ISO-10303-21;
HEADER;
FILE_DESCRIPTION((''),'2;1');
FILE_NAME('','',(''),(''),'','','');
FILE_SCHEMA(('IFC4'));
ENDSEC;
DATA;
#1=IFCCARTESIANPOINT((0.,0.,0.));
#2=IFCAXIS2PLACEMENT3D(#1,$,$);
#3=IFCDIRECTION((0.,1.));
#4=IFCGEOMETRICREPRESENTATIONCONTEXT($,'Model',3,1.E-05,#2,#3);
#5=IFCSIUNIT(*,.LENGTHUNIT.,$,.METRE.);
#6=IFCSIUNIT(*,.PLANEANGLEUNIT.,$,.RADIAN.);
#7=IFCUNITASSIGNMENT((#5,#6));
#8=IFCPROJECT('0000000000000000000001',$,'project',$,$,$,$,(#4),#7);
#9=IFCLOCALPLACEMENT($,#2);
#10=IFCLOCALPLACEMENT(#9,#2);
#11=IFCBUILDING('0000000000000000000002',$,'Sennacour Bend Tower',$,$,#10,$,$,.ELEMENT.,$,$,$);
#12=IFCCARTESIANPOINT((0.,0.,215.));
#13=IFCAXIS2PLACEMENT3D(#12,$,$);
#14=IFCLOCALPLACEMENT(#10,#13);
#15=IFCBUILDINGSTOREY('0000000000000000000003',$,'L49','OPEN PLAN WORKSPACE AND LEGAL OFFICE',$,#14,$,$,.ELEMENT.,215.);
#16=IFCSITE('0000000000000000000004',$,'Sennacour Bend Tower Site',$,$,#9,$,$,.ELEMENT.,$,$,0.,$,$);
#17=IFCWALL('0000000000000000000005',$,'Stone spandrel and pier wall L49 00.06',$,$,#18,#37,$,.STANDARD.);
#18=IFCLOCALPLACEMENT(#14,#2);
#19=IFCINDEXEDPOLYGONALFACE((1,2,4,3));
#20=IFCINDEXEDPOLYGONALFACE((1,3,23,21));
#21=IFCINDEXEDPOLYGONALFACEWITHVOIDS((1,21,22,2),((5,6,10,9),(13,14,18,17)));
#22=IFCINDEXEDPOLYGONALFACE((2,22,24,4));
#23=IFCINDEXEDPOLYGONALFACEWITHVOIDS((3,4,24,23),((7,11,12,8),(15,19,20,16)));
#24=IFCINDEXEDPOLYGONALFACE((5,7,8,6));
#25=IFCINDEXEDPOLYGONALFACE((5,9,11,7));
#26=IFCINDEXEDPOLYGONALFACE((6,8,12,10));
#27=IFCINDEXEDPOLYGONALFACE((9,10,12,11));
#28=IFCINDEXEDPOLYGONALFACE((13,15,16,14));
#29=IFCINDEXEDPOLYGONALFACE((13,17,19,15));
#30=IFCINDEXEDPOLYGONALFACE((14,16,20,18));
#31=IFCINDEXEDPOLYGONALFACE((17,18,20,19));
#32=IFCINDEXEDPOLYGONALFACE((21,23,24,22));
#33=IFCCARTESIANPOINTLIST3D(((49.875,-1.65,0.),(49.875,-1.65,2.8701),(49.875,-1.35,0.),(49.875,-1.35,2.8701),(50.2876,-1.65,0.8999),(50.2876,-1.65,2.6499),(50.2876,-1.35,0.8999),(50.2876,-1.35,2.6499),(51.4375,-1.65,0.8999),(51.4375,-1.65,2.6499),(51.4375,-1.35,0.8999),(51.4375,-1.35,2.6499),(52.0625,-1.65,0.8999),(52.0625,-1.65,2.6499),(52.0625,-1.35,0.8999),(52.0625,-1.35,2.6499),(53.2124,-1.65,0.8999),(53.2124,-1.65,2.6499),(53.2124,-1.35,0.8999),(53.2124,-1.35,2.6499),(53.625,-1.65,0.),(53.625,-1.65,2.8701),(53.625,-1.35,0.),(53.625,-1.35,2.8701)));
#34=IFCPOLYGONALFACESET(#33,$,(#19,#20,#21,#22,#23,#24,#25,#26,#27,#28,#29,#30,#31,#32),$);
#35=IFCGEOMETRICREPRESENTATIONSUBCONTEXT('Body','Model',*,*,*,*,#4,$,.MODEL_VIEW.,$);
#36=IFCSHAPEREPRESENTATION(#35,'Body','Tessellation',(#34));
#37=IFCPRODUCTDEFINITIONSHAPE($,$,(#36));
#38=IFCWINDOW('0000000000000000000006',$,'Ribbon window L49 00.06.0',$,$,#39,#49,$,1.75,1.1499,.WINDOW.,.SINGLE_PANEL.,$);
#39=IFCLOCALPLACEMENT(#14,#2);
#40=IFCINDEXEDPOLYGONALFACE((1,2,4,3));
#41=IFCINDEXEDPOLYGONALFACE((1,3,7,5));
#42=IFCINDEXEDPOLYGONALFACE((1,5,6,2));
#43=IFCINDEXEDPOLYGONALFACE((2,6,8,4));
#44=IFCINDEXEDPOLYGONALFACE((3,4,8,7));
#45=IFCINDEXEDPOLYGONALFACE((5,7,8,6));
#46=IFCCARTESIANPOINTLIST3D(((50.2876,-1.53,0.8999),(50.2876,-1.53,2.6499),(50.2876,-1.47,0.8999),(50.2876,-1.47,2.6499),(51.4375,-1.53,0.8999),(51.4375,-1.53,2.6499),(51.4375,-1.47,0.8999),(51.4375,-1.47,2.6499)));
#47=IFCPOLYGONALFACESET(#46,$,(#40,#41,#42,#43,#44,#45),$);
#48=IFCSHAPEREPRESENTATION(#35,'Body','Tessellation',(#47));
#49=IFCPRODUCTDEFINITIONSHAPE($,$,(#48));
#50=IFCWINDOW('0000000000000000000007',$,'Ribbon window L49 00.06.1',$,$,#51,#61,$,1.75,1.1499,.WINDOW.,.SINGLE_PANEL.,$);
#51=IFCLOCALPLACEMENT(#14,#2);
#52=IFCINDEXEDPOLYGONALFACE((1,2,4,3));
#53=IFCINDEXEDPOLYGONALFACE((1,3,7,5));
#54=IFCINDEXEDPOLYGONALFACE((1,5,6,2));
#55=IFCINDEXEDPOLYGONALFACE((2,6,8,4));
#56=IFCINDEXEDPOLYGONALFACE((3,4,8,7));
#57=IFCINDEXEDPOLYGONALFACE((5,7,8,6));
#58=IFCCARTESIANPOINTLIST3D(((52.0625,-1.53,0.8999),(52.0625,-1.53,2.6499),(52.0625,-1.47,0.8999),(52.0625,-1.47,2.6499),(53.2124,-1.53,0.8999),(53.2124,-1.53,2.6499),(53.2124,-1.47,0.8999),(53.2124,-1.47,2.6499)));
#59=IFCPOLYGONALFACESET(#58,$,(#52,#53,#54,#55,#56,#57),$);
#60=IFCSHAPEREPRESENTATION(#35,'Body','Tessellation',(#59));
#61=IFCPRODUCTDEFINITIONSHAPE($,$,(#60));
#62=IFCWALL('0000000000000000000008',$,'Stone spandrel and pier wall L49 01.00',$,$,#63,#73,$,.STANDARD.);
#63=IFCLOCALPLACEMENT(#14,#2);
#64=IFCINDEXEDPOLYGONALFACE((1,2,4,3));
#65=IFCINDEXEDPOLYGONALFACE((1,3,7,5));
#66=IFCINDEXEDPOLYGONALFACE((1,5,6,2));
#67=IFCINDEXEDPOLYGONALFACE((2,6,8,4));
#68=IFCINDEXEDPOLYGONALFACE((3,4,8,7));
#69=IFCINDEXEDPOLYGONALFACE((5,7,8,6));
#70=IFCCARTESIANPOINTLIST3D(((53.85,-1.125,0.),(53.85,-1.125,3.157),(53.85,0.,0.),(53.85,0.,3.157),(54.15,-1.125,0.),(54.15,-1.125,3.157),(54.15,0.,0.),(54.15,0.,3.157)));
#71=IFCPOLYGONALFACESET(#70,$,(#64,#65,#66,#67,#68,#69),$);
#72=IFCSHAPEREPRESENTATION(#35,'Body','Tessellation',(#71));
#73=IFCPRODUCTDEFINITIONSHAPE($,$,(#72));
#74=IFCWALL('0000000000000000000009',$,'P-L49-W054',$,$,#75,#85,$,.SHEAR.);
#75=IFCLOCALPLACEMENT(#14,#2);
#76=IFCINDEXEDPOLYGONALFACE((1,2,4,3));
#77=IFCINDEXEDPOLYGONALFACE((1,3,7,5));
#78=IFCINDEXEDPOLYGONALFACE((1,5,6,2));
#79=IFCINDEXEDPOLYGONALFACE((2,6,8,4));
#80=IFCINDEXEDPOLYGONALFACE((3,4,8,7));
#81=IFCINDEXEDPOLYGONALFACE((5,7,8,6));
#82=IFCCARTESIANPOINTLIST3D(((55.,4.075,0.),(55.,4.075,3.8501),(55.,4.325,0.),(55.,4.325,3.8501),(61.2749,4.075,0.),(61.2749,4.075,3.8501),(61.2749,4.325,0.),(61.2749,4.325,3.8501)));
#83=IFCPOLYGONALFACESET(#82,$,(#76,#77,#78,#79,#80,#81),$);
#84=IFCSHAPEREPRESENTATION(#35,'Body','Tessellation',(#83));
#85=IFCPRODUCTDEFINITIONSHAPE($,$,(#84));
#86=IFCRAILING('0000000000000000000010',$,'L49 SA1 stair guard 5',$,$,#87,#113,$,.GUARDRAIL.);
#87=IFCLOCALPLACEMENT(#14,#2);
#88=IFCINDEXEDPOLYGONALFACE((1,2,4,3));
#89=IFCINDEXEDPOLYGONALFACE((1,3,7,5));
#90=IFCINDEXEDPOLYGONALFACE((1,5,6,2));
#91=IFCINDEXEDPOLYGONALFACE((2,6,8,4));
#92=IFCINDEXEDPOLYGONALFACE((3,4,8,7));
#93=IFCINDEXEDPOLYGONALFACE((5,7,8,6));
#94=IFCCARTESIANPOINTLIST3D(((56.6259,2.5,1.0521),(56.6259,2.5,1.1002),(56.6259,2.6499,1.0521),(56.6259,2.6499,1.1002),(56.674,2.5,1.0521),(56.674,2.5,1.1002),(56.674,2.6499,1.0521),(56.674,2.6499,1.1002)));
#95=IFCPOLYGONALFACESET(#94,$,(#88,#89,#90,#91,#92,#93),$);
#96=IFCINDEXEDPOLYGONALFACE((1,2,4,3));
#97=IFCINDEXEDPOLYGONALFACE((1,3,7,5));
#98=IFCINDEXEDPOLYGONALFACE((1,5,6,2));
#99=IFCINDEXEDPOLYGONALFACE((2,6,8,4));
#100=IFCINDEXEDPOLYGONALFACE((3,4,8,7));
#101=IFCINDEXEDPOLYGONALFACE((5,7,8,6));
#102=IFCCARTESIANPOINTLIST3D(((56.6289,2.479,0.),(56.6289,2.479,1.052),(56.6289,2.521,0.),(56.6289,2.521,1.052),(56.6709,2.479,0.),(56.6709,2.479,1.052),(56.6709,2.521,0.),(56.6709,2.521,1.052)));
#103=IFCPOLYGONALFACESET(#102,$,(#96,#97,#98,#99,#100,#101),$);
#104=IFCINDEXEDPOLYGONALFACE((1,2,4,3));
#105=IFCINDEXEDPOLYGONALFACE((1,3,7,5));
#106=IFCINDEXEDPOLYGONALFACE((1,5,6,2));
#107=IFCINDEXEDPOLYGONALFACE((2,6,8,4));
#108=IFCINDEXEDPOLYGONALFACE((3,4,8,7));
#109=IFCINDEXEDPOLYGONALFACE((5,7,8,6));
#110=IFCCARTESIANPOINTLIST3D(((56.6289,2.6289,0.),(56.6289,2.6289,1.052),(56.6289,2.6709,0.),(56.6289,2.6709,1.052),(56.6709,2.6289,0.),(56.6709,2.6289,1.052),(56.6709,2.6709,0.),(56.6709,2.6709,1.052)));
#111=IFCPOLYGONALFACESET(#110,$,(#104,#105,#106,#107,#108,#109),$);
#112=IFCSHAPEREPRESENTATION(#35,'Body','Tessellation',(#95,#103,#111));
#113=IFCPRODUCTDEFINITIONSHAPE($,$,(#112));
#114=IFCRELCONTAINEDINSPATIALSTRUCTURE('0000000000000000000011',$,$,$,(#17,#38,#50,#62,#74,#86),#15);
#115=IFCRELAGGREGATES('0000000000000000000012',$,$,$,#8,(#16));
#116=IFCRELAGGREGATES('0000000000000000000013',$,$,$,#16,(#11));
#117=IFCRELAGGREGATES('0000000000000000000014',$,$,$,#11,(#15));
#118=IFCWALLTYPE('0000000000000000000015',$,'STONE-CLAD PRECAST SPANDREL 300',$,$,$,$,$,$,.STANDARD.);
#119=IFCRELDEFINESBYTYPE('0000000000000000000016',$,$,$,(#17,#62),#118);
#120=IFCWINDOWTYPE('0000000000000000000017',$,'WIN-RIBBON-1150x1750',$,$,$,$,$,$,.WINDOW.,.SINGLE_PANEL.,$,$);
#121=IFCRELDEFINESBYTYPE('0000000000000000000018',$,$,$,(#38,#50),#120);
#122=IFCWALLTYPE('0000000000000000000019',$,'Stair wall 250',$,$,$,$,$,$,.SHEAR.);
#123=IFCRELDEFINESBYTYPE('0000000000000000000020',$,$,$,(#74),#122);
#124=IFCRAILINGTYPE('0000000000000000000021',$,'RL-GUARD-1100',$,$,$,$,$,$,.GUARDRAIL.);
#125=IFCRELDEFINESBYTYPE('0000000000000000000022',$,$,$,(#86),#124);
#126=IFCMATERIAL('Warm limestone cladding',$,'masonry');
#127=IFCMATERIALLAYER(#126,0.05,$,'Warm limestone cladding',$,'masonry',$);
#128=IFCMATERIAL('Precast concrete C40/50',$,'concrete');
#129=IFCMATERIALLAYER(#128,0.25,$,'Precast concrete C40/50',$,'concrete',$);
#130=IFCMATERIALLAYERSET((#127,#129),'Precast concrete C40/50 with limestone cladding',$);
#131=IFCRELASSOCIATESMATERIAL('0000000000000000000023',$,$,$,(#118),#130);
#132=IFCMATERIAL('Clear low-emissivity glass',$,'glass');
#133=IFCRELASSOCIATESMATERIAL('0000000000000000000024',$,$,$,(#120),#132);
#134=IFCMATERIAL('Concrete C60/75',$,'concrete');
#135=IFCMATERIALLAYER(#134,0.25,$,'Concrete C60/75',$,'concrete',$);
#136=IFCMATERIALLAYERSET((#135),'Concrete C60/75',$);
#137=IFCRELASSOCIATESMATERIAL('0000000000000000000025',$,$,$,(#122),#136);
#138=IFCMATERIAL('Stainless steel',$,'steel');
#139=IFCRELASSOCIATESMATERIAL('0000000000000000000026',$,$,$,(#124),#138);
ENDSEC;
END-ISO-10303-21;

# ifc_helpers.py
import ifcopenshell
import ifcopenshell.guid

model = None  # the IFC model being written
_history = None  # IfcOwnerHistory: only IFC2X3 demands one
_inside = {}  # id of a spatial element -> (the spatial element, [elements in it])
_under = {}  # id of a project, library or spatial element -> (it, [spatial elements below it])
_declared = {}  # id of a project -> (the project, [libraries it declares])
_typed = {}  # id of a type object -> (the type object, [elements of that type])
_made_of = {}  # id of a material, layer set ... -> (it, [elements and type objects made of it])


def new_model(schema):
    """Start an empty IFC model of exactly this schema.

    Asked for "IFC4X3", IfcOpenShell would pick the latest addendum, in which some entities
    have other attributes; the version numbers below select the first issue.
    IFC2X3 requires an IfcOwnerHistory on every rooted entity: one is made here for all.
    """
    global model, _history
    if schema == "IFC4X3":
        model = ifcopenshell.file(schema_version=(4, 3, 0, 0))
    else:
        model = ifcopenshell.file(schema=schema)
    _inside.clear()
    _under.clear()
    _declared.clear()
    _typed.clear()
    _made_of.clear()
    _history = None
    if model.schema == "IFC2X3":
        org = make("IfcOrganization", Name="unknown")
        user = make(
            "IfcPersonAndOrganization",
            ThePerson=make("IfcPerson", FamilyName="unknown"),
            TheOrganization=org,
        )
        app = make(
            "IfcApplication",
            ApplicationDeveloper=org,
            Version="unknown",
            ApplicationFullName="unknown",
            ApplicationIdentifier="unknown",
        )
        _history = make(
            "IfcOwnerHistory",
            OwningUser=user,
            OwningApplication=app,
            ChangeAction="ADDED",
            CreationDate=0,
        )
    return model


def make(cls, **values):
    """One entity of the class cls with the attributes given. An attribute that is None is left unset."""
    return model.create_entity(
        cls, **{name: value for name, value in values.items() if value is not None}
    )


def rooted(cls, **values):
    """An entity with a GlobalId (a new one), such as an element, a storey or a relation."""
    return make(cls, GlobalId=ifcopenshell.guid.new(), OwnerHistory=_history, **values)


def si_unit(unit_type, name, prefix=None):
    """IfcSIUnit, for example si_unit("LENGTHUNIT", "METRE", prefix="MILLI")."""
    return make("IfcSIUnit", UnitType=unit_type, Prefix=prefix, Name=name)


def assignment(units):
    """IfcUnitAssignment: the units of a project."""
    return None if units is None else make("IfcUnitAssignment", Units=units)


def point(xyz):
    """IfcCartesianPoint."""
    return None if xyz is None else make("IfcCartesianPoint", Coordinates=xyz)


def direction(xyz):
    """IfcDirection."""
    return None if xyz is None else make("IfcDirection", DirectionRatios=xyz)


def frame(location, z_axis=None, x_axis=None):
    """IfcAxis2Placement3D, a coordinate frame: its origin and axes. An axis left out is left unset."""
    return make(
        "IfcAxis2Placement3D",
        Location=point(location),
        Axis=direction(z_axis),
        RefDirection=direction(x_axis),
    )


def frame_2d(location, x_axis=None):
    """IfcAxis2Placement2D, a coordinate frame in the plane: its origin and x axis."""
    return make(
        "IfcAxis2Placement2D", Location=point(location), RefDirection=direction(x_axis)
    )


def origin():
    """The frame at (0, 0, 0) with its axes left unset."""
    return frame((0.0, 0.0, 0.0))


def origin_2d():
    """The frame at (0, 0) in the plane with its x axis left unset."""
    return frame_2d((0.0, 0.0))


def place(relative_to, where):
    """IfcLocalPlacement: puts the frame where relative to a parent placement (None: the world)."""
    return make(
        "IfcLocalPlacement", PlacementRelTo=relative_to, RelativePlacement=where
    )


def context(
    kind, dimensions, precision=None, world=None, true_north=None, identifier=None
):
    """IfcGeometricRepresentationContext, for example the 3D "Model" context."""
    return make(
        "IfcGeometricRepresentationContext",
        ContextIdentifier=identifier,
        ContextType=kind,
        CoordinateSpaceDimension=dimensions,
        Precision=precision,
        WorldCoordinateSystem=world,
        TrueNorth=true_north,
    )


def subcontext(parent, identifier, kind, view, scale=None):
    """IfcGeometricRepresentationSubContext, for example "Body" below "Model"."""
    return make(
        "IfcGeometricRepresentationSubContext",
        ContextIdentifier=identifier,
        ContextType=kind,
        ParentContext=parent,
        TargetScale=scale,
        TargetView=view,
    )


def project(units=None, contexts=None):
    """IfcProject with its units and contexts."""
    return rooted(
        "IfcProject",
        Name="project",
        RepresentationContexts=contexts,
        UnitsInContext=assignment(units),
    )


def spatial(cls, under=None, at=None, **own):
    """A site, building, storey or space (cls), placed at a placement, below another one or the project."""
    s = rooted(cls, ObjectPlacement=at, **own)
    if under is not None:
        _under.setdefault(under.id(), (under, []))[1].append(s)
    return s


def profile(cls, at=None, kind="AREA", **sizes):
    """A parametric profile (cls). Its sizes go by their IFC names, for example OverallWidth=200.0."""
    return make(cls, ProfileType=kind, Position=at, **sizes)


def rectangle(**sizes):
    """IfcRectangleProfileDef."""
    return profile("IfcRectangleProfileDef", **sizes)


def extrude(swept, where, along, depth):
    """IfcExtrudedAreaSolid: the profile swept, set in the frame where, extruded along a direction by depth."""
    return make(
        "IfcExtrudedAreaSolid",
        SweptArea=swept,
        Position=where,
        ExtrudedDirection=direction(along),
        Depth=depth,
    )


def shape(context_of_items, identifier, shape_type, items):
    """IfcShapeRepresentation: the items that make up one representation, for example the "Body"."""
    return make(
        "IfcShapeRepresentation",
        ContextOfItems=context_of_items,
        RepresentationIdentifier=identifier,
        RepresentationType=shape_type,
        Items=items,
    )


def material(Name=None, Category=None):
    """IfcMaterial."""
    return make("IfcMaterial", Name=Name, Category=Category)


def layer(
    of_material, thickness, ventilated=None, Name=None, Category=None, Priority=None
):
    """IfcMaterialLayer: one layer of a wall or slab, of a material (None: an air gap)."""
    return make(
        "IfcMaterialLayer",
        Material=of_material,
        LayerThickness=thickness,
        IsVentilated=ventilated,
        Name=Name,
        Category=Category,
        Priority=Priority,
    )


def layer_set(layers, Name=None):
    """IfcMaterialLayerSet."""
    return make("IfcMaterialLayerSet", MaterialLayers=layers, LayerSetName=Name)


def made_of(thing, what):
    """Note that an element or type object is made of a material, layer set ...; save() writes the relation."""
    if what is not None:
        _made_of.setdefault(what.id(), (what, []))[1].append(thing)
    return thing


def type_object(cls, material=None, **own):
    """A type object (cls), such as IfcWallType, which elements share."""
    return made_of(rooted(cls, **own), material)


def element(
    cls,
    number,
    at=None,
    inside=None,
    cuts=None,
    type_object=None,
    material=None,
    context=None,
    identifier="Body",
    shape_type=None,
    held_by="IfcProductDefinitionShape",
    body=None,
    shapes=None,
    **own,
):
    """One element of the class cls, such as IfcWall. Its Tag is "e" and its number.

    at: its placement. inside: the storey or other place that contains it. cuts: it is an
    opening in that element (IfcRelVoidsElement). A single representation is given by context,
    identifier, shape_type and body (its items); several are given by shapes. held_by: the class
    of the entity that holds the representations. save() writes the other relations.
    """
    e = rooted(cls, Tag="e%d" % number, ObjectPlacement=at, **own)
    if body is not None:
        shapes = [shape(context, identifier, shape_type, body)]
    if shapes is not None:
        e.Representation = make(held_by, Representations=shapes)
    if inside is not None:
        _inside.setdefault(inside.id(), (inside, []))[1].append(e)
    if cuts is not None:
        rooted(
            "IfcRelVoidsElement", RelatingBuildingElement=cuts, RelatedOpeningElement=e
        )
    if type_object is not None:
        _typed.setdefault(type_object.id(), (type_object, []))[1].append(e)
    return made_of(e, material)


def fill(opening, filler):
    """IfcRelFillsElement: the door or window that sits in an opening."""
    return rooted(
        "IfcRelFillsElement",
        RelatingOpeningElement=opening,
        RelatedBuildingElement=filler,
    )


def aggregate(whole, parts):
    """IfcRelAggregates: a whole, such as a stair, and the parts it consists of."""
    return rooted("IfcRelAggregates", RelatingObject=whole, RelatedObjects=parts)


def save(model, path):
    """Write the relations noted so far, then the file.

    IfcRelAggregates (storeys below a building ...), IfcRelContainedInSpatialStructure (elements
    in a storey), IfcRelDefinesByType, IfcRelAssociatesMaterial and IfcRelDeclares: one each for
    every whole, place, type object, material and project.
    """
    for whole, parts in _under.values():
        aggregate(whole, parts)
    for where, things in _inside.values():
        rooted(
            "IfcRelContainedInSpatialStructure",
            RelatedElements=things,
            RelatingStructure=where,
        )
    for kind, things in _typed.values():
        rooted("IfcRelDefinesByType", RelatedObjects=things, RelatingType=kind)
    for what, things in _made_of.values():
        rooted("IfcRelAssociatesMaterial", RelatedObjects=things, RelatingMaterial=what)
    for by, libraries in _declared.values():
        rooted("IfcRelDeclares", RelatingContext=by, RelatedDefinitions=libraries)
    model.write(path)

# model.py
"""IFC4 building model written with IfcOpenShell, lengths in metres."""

from ifc_helpers import new_model, si_unit, direction, frame, frame_2d, origin, origin_2d, place, context, subcontext, project, spatial, rectangle, extrude, material, layer, layer_set, type_object, element, fill, save


model = new_model("IFC4")

# Units and contexts
model_context = context("Model", 3, precision=1e-05, world=origin(), true_north=direction((0.0, 1.0)))
body_context = subcontext(model_context, "Body", "Model", "MODEL_VIEW")
ifc_project = project(units=[si_unit("LENGTHUNIT", "METRE"), si_unit("PLANEANGLEUNIT", "RADIAN")], contexts=[model_context])

# Site, building, storey
site_placement = place(None, origin())
site = spatial("IfcSite", under=ifc_project, at=site_placement, Name="Sennacour Bend Tower Site", CompositionType="ELEMENT", RefElevation=0.0)
building_placement = place(site_placement, origin())
building = spatial("IfcBuilding", under=site, at=building_placement, Name="Sennacour Bend Tower", CompositionType="ELEMENT")
storey_placement = place(building_placement, frame((0.0, 0.0, 215.0)))
storey = spatial("IfcBuildingStorey", under=building, at=storey_placement, Name="L49", Description="OPEN PLAN WORKSPACE AND LEGAL OFFICE", CompositionType="ELEMENT", Elevation=215.0)

# Shared definitions
ifc_material_1 = material(Name="Concrete C60/75", Category="concrete")

# Wall, openings, windows
ifc_material_2 = material(Name="Warm limestone cladding", Category="masonry")
ifc_layer_1 = layer(ifc_material_2, 0.05, Name="Warm limestone cladding", Category="masonry")
ifc_material_3 = material(Name="Precast concrete C40/50", Category="concrete")
ifc_layer_2 = layer(ifc_material_3, 0.25, Name="Precast concrete C40/50", Category="concrete")
ifc_layer_set_1 = layer_set([ifc_layer_1, ifc_layer_2], Name="Precast concrete C40/50 with limestone cladding")
wall_type_1 = type_object("IfcWallType", Name="STONE-CLAD PRECAST SPANDREL 300", PredefinedType="STANDARD", material=ifc_layer_set_1)
wall_1_placement = place(storey_placement, frame((49.875, -1.5, 0.0), z_axis=(0.0, 0.0, 1.0), x_axis=(1.0, 0.0, 0.0)))
wall_1 = element("IfcWall", 1, at=wall_1_placement, inside=storey, type_object=wall_type_1, Name="Stone spandrel and pier wall L49 00.06", PredefinedType="STANDARD", context=body_context, shape_type="SweptSolid", body=[
    extrude(rectangle(XDim=3.75, YDim=0.3, at=frame_2d((1.875, 0.0))), origin(), (0.0, 0.0, 1.0), 2.8701),
])
opening_1_placement = place(wall_1_placement, frame((0.4126, 0.0, 0.8999)))
opening_1 = element("IfcOpeningElement", 2, at=opening_1_placement, cuts=wall_1, PredefinedType="OPENING", context=body_context, shape_type="SweptSolid", body=[
    extrude(rectangle(XDim=1.1499, YDim=1.75, at=frame_2d((0.575, 0.875))), frame((0.0, 0.1602, 0.0), z_axis=(0.0, -1.0, 0.0), x_axis=(1.0, 0.0, 0.0)), (0.0, 0.0, 1.0), 0.3201),
])
opening_2_placement = place(wall_1_placement, frame((2.1875, 0.0, 0.8999)))
opening_2 = element("IfcOpeningElement", 3, at=opening_2_placement, cuts=wall_1, PredefinedType="OPENING", context=body_context, shape_type="SweptSolid", body=[
    extrude(rectangle(XDim=1.1499, YDim=1.75, at=frame_2d((0.575, 0.875))), frame((0.0, 0.1602, 0.0), z_axis=(0.0, -1.0, 0.0), x_axis=(1.0, 0.0, 0.0)), (0.0, 0.0, 1.0), 0.3201),
])
ifc_material_4 = material(Name="Clear low-emissivity glass", Category="glass")
window_type = type_object("IfcWindowType", Name="WIN-RIBBON-1150x1750", PartitioningType="SINGLE_PANEL", PredefinedType="WINDOW", material=ifc_material_4)
window_1_placement = place(opening_1_placement, origin())
window_1 = element("IfcWindow", 4, at=window_1_placement, inside=storey, type_object=window_type, Name="Ribbon window L49 00.06.0", OverallHeight=1.75, OverallWidth=1.1499, PartitioningType="SINGLE_PANEL", PredefinedType="WINDOW", context=body_context, shape_type="SweptSolid", body=[
    extrude(rectangle(XDim=1.1499, YDim=1.75, at=frame_2d((0.575, 0.875))), frame((0.0, 0.03, 0.0), z_axis=(0.0, -1.0, 0.0), x_axis=(1.0, 0.0, 0.0)), (0.0, 0.0, 1.0), 0.0601),
])
fill(opening_1, window_1)
window_2_placement = place(opening_2_placement, origin())
window_2 = element("IfcWindow", 5, at=window_2_placement, inside=storey, type_object=window_type, Name="Ribbon window L49 00.06.1", OverallHeight=1.75, OverallWidth=1.1499, PartitioningType="SINGLE_PANEL", PredefinedType="WINDOW", context=body_context, shape_type="SweptSolid", body=[
    extrude(rectangle(XDim=1.1499, YDim=1.75, at=frame_2d((0.575, 0.875))), frame((0.0, 0.03, 0.0), z_axis=(0.0, -1.0, 0.0), x_axis=(1.0, 0.0, 0.0)), (0.0, 0.0, 1.0), 0.0601),
])
fill(opening_2, window_2)

# Walls
wall_2_placement = place(storey_placement, frame((54.0, -1.125, 0.0), z_axis=(0.0, 0.0, 1.0), x_axis=(0.0, 1.0, 0.0)))
element("IfcWall", 6, at=wall_2_placement, inside=storey, type_object=wall_type_1, Name="Stone spandrel and pier wall L49 01.00", PredefinedType="STANDARD", context=body_context, shape_type="SweptSolid", body=[
    extrude(rectangle(XDim=1.125, YDim=0.3, at=frame_2d((0.5625, 0.0))), origin(), (0.0, 0.0, 1.0), 3.157),
])
ifc_layer_3 = layer(ifc_material_1, 0.25, Name="Concrete C60/75", Category="concrete")
ifc_layer_set_2 = layer_set([ifc_layer_3], Name="Concrete C60/75")
wall_type_2 = type_object("IfcWallType", Name="Stair wall 250", PredefinedType="SHEAR", material=ifc_layer_set_2)
wall_3_placement = place(storey_placement, frame((55.0, 4.2, 0.0), z_axis=(0.0, 0.0, 1.0), x_axis=(1.0, 0.0, 0.0)))
element("IfcWall", 7, at=wall_3_placement, inside=storey, type_object=wall_type_2, Name="P-L49-W054", PredefinedType="SHEAR", context=body_context, shape_type="SweptSolid", body=[
    extrude(rectangle(XDim=6.2749, YDim=0.25, at=frame_2d((3.1375, 0.0))), origin(), (0.0, 0.0, 1.0), 3.8501),
])

# Railing
ifc_material_5 = material(Name="Stainless steel", Category="steel")
railing_type = type_object("IfcRailingType", Name="RL-GUARD-1100", PredefinedType="GUARDRAIL", material=ifc_material_5)
railing_placement = place(storey_placement, frame((56.6499, 2.5, 0.0)))
element("IfcRailing", 8, at=railing_placement, inside=storey, type_object=railing_type, Name="L49 SA1 stair guard 5", PredefinedType="GUARDRAIL", context=body_context, shape_type="SweptSolid", body=[
    extrude(rectangle(XDim=0.0481, YDim=0.0481, at=origin_2d()), frame((0.0, 0.0, 1.0762), z_axis=(0.0, 1.0, 0.0), x_axis=(-1.0, 0.0, 0.0)), (0.0, 0.0, 1.0), 0.1499),
    extrude(rectangle(XDim=0.042, YDim=0.042, at=origin_2d()), origin(), (0.0, 0.0, 1.0), 1.052),
    extrude(rectangle(XDim=0.042, YDim=0.042, at=origin_2d()), frame((0.0, 0.1499, 0.0)), (0.0, 0.0, 1.0), 1.052),
])

save(model, "model.ifc")
